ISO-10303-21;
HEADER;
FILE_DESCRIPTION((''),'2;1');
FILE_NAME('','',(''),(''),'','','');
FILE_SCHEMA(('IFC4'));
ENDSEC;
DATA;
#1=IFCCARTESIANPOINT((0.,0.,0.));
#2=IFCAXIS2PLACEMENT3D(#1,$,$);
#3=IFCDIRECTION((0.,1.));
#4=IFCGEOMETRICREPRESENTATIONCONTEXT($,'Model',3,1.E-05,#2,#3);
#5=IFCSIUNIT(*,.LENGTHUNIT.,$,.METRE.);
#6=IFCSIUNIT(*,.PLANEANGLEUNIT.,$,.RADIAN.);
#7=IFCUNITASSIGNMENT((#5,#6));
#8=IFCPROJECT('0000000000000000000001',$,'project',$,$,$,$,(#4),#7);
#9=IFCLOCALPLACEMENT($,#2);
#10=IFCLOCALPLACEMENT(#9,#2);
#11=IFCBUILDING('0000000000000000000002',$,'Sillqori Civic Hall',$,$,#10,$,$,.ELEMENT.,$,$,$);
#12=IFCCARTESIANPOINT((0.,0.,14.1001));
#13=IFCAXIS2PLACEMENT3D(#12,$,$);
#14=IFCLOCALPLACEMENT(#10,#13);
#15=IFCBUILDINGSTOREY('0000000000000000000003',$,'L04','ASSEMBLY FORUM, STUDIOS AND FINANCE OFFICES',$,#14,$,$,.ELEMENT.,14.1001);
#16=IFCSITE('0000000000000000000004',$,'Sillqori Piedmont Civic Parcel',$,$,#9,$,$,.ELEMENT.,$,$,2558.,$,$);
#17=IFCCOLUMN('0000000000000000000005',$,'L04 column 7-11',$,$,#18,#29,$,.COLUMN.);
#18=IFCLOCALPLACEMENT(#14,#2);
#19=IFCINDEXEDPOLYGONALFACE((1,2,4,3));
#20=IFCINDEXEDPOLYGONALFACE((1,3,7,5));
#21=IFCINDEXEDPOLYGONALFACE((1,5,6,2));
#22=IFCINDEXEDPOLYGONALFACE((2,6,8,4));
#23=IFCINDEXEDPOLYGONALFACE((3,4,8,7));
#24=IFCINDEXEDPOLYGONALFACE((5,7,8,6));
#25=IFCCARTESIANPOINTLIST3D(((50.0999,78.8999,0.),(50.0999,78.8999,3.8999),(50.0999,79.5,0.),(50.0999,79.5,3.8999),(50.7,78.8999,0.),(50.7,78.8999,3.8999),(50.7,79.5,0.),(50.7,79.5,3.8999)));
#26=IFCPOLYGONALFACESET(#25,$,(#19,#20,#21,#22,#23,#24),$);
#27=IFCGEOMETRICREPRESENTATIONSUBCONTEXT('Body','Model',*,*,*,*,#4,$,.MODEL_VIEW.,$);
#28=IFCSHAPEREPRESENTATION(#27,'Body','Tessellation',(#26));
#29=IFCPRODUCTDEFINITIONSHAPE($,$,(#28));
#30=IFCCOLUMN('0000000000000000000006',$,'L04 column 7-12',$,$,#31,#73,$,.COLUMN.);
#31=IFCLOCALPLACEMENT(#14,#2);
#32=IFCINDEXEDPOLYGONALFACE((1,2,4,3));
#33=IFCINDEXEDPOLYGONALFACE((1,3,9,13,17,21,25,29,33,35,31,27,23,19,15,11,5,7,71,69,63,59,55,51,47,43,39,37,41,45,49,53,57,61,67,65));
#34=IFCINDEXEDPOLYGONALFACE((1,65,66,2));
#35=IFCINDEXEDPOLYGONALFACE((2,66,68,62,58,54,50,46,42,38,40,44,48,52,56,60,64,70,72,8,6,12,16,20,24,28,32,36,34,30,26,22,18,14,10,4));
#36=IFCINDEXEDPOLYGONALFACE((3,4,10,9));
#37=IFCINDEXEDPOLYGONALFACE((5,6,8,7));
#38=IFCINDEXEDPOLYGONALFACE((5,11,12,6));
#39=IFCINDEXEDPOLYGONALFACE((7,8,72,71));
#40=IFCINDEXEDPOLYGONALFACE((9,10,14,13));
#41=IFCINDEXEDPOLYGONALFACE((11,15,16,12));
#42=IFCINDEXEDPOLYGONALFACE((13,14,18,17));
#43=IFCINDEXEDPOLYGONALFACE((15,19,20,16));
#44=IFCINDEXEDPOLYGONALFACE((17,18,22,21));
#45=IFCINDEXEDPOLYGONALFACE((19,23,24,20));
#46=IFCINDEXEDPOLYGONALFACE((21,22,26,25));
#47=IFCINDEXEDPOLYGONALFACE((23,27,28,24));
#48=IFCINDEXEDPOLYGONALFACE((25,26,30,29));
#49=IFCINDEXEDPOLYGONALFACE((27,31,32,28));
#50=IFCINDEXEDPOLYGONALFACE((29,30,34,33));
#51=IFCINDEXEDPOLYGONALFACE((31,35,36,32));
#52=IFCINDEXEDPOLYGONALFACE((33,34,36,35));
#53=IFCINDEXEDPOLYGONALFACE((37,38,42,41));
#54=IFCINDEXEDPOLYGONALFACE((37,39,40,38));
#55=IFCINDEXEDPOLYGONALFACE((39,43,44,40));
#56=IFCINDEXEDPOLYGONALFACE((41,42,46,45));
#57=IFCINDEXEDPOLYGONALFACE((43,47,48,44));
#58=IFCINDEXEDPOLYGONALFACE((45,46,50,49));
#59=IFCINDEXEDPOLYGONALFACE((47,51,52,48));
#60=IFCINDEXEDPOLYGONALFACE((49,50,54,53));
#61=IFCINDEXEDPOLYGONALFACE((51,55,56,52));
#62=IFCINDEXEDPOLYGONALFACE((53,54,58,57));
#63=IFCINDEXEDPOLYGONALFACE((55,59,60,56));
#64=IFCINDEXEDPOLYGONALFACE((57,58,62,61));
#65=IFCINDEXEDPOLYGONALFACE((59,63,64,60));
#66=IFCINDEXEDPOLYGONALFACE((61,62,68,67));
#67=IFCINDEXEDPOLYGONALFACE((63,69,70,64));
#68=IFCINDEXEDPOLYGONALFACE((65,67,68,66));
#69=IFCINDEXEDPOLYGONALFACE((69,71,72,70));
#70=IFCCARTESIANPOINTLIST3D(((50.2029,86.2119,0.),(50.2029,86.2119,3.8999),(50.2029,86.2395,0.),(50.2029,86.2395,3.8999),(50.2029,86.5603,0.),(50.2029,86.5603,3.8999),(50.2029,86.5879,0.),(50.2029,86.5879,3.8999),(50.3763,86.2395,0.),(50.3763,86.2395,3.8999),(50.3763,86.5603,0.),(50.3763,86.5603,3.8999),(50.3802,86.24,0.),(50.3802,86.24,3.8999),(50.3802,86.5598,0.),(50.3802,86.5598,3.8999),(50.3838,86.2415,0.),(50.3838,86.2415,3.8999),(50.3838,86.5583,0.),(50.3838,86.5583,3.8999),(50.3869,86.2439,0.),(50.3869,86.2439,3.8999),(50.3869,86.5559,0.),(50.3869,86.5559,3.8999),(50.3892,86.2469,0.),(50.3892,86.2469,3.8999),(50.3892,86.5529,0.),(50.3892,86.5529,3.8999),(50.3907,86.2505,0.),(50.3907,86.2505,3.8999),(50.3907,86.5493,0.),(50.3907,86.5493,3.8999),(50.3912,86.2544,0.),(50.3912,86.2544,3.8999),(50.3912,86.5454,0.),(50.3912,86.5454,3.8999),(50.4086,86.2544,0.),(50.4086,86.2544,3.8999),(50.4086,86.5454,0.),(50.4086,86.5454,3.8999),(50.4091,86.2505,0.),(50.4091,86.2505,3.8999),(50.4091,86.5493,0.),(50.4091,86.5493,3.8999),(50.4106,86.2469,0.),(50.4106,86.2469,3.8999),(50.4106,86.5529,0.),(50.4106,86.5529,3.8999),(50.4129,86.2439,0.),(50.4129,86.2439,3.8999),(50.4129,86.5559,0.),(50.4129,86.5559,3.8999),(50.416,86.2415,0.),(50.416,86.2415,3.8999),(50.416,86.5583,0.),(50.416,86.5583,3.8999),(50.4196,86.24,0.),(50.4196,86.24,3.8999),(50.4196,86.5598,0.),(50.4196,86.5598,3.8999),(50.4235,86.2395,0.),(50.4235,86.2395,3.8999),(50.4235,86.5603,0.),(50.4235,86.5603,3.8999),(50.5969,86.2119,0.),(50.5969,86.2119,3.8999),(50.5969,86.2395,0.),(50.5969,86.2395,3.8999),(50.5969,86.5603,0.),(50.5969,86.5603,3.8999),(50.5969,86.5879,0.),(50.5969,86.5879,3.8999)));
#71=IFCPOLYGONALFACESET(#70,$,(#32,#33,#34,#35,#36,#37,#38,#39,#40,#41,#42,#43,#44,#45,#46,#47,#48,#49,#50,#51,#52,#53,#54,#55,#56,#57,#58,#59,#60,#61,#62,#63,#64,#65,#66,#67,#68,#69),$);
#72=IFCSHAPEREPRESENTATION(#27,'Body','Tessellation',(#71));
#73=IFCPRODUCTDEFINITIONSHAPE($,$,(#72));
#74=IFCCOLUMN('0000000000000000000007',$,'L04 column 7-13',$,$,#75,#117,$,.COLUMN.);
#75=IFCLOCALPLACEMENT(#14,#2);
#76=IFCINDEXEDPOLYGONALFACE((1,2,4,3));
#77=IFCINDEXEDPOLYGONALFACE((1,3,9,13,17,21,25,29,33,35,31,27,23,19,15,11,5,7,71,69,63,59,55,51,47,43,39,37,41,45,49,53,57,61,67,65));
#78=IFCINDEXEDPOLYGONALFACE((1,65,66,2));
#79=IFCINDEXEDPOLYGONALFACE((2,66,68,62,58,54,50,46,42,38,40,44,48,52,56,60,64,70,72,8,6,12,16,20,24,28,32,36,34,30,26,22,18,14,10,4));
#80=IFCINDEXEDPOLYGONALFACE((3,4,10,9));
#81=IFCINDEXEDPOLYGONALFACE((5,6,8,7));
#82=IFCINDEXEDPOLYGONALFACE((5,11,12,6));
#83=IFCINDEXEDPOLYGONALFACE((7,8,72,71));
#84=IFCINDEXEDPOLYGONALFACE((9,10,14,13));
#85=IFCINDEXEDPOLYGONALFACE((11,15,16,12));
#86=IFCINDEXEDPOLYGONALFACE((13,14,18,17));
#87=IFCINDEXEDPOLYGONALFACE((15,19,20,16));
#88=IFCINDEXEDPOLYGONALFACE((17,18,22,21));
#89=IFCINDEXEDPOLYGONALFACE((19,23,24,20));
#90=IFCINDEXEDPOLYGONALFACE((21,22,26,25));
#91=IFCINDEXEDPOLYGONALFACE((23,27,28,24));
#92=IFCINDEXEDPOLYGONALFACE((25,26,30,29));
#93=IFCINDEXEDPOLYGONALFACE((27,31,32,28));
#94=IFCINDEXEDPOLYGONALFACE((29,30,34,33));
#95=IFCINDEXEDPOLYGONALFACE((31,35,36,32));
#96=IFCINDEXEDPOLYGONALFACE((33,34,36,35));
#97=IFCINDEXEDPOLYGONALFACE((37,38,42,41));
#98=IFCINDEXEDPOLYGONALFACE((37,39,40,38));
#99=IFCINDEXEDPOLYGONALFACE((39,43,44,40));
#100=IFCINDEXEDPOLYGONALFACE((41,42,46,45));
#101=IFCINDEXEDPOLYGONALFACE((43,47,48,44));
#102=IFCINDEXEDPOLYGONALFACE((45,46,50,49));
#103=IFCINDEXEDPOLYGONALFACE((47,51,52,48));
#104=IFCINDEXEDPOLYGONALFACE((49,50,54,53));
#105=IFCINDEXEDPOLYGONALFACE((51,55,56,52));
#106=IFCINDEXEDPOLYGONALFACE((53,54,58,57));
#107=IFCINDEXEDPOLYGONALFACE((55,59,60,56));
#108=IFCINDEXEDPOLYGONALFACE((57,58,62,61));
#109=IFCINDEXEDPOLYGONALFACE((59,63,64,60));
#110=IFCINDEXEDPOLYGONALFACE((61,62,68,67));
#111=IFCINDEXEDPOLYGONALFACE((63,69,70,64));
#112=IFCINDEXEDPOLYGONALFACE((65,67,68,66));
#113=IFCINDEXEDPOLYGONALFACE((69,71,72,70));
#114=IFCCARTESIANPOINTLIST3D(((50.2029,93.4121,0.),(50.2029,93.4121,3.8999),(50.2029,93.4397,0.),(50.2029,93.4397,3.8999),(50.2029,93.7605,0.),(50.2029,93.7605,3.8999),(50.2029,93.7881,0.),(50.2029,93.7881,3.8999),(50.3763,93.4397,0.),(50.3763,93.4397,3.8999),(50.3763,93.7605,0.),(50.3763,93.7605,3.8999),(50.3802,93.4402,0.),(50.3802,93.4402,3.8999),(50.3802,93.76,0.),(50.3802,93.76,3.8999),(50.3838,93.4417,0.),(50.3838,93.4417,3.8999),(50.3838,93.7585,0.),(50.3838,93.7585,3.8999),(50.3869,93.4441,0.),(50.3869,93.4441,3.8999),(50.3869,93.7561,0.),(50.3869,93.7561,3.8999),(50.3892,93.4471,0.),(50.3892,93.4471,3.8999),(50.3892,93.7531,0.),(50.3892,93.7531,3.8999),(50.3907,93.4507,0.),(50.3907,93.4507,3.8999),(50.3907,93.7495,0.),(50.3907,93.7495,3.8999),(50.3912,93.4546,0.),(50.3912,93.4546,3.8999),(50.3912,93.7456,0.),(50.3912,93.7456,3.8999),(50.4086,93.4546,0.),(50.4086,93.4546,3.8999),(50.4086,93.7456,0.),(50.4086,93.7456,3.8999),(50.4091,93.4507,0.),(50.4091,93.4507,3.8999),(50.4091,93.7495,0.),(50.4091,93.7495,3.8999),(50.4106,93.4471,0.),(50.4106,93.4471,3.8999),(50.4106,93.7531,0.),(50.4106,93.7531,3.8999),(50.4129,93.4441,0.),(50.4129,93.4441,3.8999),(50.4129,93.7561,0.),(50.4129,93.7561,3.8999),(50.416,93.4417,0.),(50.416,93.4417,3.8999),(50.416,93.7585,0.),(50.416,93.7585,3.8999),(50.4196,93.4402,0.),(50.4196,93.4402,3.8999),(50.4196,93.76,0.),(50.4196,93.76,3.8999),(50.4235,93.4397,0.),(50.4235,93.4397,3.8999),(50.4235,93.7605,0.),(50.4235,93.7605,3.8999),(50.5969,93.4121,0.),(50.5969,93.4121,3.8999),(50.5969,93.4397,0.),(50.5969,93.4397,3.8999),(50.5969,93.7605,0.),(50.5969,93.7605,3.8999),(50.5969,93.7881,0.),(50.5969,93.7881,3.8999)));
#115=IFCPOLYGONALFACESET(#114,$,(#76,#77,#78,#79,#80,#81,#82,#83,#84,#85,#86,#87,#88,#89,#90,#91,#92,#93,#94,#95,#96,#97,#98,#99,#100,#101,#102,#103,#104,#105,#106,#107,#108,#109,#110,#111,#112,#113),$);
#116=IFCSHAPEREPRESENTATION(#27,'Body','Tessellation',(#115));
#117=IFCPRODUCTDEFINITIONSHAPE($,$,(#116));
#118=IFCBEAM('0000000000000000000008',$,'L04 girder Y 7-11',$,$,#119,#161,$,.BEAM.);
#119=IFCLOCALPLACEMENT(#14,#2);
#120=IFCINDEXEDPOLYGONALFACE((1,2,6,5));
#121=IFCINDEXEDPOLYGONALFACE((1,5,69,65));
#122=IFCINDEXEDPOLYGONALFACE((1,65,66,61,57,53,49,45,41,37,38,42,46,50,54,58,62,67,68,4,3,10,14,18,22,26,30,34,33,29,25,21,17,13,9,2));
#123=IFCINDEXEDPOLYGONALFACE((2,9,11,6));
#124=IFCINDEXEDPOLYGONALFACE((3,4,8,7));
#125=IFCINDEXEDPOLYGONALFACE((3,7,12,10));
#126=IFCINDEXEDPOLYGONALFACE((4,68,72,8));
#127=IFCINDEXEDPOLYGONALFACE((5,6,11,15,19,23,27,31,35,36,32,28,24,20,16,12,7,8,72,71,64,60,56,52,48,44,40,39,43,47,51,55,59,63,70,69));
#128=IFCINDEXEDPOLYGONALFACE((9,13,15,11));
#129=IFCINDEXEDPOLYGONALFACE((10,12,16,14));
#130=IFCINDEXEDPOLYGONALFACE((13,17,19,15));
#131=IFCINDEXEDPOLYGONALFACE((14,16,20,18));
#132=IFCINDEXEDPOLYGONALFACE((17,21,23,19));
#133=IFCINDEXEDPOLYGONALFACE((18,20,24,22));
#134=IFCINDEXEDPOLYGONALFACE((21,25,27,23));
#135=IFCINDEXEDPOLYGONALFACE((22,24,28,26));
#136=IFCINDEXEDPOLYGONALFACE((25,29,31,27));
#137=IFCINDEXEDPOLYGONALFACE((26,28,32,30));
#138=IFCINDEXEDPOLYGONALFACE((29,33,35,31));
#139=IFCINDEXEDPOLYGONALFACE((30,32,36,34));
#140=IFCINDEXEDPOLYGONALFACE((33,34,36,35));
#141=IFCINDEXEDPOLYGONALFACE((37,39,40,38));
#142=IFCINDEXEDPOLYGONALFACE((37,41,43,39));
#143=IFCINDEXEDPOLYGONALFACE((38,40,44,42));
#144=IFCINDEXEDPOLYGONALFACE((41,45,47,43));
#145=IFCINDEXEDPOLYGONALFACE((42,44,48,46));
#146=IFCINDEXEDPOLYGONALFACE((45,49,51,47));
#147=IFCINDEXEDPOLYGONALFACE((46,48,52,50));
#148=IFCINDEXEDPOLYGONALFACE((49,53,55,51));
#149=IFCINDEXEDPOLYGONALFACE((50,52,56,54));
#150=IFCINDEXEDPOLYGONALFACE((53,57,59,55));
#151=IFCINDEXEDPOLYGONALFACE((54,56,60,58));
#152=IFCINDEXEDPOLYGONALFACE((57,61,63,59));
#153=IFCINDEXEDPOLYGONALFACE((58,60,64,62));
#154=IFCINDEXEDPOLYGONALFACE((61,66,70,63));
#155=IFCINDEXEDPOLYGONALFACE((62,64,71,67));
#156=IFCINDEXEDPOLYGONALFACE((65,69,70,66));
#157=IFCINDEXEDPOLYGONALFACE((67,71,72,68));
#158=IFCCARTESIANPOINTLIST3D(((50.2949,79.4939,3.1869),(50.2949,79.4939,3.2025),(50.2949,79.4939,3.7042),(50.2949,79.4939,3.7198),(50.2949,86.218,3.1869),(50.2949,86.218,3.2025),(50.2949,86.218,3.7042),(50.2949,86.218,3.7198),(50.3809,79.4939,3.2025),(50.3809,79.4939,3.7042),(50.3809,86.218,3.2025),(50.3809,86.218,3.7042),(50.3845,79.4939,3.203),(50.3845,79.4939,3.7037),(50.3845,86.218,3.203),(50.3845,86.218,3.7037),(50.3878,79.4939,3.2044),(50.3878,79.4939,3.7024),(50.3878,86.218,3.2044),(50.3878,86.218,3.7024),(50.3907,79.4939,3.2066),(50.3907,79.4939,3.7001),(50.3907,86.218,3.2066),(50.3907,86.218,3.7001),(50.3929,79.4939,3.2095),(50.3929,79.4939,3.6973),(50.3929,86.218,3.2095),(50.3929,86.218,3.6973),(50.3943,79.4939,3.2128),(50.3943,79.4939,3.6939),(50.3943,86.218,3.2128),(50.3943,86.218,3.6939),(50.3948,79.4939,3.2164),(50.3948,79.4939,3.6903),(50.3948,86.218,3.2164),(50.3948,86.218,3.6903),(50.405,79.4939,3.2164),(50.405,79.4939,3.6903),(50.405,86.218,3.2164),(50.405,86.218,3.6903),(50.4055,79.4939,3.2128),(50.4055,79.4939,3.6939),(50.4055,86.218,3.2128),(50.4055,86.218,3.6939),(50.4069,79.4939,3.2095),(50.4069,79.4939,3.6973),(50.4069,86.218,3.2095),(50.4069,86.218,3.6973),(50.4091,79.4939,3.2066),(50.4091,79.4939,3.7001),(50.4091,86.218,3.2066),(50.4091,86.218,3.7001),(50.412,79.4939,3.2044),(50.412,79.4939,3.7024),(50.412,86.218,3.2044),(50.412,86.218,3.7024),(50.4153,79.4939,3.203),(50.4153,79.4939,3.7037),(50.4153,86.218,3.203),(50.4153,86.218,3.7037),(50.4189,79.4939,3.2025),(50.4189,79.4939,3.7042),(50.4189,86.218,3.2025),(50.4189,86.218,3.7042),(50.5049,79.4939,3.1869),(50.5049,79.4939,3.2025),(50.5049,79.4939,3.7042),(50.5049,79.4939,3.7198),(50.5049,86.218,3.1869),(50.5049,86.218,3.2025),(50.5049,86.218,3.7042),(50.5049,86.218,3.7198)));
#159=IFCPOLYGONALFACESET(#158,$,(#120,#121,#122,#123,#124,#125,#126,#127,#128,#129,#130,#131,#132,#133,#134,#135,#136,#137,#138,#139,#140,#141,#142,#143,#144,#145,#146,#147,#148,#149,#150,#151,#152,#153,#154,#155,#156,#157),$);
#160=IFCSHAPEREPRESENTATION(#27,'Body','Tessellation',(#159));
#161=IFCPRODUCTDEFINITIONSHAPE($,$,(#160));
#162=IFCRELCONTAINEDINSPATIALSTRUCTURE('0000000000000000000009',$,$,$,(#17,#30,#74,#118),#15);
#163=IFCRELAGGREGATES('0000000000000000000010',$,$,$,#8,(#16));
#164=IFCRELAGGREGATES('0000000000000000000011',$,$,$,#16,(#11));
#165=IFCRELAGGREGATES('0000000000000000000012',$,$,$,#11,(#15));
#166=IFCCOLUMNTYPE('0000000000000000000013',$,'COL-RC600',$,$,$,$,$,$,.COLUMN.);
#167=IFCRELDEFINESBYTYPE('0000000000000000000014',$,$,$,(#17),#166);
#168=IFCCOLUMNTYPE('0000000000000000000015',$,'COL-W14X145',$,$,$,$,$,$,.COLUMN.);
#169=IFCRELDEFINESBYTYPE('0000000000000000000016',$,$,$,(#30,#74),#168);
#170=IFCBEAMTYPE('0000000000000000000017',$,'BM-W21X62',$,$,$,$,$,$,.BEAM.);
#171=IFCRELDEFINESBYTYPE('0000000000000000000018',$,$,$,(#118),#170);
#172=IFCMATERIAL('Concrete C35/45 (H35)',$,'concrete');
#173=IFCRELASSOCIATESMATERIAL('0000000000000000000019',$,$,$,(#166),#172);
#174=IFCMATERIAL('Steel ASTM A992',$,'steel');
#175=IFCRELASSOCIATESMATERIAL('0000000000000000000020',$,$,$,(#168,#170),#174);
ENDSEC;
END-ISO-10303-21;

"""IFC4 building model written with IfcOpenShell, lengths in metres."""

from ifc_helpers import new_model, si_unit, direction, frame, origin, origin_2d, place, context, subcontext, project, spatial, rectangle, i_section, extrude, material, material_profile, profile_set, type_object, element, save


model = new_model("IFC4")

# Units and contexts
model_context = context("Model", 3, precision=1e-05, world=origin(), true_north=direction((0.0, 1.0)))
body_context = subcontext(model_context, "Body", "Model", "MODEL_VIEW")
ifc_project = project(units=[si_unit("LENGTHUNIT", "METRE"), si_unit("PLANEANGLEUNIT", "RADIAN")], contexts=[model_context])

# Site, building, storey
site_placement = place(None, origin())
site = spatial("IfcSite", under=ifc_project, at=site_placement, Name="Sillqori Piedmont Civic Parcel", CompositionType="ELEMENT", RefElevation=2558.0)
building_placement = place(site_placement, origin())
building = spatial("IfcBuilding", under=site, at=building_placement, Name="Sillqori Civic Hall", CompositionType="ELEMENT")
storey_placement = place(building_placement, frame((0.0, 0.0, 14.1001)))
storey = spatial("IfcBuildingStorey", under=building, at=storey_placement, Name="L04", Description="ASSEMBLY FORUM, STUDIOS AND FINANCE OFFICES", CompositionType="ELEMENT", Elevation=14.1001)

# Columns
ifc_material_1 = material(Name="Concrete C35/45 (H35)", Category="concrete")
ifc_material_profile_1 = material_profile(ifc_material_1, rectangle(XDim=0.6001, YDim=0.6001, at=origin_2d()), Name="RC 600x600")
ifc_profile_set_1 = profile_set([ifc_material_profile_1], Name="Concrete C35/45 (H35)")
column_type_1 = type_object("IfcColumnType", Name="COL-RC600", PredefinedType="COLUMN", material=ifc_profile_set_1)
column_placement = place(storey_placement, frame((50.3999, 79.2, 0.0), z_axis=(0.0, 0.0, 1.0), x_axis=(1.0, 0.0, 0.0)))
element("IfcColumn", 1, at=column_placement, inside=storey, type_object=column_type_1, Name="L04 column 7-11", PredefinedType="COLUMN", context=body_context, shape_type="SweptSolid", body=[
    extrude(rectangle(XDim=0.6001, YDim=0.6001, at=origin_2d()), origin(), (0.0, 0.0, 1.0), 3.8999),
])
ifc_material_2 = material(Name="Steel ASTM A992", Category="steel")
ifc_material_profile_2 = material_profile(ifc_material_2, i_section(OverallWidth=0.394, OverallDepth=0.376, WebThickness=0.0173, FlangeThickness=0.0276, FilletRadius=0.0149, at=origin_2d()), Name="W14X145")
ifc_profile_set_2 = profile_set([ifc_material_profile_2], Name="Steel ASTM A992")
column_type_2 = type_object("IfcColumnType", Name="COL-W14X145", PredefinedType="COLUMN", material=ifc_profile_set_2)
for number, where, z_axis, x_axis, name in (
    (2, (50.3999, 86.3999, 0.0), (0.0, 0.0, 1.0), (1.0, 0.0, 0.0), "L04 column 7-12"),
    (3, (50.3999, 93.6001, 0.0), (0.0, 0.0, 1.0), (1.0, 0.0, 0.0), "L04 column 7-13"),
):
    element("IfcColumn", number, at=place(storey_placement, frame(where, z_axis=z_axis, x_axis=x_axis)), inside=storey, type_object=column_type_2, Name=name, PredefinedType="COLUMN", context=body_context, shape_type="SweptSolid", body=[
        extrude(i_section(OverallWidth=0.394, OverallDepth=0.376, WebThickness=0.0173, FlangeThickness=0.0276, FilletRadius=0.0149, at=origin_2d()), origin(), (0.0, 0.0, 1.0), 3.8999),
    ])

# Beam
ifc_material_profile_3 = material_profile(ifc_material_2, i_section(OverallWidth=0.21, OverallDepth=0.533, WebThickness=0.0103, FlangeThickness=0.0156, FilletRadius=0.0139, at=origin_2d()), Name="W21X62")
ifc_profile_set_3 = profile_set([ifc_material_profile_3], Name="Steel ASTM A992")
beam_type_1 = type_object("IfcBeamType", Name="BM-W21X62", PredefinedType="BEAM", material=ifc_profile_set_3)
beam_1_placement = place(storey_placement, frame((50.3999, 79.4939, 3.4534), z_axis=(0.0, 1.0, 0.0), x_axis=(-1.0, 0.0, 0.0)))
element("IfcBeam", 4, at=beam_1_placement, inside=storey, type_object=beam_type_1, Name="L04 girder Y 7-11", PredefinedType="BEAM", context=body_context, shape_type="SweptSolid", body=[
    extrude(i_section(OverallWidth=0.21, OverallDepth=0.533, WebThickness=0.0103, FlangeThickness=0.0156, FilletRadius=0.0139, at=origin_2d()), origin(), (0.0, 0.0, 1.0), 6.7241),
])

save(model, "model.ifc")
